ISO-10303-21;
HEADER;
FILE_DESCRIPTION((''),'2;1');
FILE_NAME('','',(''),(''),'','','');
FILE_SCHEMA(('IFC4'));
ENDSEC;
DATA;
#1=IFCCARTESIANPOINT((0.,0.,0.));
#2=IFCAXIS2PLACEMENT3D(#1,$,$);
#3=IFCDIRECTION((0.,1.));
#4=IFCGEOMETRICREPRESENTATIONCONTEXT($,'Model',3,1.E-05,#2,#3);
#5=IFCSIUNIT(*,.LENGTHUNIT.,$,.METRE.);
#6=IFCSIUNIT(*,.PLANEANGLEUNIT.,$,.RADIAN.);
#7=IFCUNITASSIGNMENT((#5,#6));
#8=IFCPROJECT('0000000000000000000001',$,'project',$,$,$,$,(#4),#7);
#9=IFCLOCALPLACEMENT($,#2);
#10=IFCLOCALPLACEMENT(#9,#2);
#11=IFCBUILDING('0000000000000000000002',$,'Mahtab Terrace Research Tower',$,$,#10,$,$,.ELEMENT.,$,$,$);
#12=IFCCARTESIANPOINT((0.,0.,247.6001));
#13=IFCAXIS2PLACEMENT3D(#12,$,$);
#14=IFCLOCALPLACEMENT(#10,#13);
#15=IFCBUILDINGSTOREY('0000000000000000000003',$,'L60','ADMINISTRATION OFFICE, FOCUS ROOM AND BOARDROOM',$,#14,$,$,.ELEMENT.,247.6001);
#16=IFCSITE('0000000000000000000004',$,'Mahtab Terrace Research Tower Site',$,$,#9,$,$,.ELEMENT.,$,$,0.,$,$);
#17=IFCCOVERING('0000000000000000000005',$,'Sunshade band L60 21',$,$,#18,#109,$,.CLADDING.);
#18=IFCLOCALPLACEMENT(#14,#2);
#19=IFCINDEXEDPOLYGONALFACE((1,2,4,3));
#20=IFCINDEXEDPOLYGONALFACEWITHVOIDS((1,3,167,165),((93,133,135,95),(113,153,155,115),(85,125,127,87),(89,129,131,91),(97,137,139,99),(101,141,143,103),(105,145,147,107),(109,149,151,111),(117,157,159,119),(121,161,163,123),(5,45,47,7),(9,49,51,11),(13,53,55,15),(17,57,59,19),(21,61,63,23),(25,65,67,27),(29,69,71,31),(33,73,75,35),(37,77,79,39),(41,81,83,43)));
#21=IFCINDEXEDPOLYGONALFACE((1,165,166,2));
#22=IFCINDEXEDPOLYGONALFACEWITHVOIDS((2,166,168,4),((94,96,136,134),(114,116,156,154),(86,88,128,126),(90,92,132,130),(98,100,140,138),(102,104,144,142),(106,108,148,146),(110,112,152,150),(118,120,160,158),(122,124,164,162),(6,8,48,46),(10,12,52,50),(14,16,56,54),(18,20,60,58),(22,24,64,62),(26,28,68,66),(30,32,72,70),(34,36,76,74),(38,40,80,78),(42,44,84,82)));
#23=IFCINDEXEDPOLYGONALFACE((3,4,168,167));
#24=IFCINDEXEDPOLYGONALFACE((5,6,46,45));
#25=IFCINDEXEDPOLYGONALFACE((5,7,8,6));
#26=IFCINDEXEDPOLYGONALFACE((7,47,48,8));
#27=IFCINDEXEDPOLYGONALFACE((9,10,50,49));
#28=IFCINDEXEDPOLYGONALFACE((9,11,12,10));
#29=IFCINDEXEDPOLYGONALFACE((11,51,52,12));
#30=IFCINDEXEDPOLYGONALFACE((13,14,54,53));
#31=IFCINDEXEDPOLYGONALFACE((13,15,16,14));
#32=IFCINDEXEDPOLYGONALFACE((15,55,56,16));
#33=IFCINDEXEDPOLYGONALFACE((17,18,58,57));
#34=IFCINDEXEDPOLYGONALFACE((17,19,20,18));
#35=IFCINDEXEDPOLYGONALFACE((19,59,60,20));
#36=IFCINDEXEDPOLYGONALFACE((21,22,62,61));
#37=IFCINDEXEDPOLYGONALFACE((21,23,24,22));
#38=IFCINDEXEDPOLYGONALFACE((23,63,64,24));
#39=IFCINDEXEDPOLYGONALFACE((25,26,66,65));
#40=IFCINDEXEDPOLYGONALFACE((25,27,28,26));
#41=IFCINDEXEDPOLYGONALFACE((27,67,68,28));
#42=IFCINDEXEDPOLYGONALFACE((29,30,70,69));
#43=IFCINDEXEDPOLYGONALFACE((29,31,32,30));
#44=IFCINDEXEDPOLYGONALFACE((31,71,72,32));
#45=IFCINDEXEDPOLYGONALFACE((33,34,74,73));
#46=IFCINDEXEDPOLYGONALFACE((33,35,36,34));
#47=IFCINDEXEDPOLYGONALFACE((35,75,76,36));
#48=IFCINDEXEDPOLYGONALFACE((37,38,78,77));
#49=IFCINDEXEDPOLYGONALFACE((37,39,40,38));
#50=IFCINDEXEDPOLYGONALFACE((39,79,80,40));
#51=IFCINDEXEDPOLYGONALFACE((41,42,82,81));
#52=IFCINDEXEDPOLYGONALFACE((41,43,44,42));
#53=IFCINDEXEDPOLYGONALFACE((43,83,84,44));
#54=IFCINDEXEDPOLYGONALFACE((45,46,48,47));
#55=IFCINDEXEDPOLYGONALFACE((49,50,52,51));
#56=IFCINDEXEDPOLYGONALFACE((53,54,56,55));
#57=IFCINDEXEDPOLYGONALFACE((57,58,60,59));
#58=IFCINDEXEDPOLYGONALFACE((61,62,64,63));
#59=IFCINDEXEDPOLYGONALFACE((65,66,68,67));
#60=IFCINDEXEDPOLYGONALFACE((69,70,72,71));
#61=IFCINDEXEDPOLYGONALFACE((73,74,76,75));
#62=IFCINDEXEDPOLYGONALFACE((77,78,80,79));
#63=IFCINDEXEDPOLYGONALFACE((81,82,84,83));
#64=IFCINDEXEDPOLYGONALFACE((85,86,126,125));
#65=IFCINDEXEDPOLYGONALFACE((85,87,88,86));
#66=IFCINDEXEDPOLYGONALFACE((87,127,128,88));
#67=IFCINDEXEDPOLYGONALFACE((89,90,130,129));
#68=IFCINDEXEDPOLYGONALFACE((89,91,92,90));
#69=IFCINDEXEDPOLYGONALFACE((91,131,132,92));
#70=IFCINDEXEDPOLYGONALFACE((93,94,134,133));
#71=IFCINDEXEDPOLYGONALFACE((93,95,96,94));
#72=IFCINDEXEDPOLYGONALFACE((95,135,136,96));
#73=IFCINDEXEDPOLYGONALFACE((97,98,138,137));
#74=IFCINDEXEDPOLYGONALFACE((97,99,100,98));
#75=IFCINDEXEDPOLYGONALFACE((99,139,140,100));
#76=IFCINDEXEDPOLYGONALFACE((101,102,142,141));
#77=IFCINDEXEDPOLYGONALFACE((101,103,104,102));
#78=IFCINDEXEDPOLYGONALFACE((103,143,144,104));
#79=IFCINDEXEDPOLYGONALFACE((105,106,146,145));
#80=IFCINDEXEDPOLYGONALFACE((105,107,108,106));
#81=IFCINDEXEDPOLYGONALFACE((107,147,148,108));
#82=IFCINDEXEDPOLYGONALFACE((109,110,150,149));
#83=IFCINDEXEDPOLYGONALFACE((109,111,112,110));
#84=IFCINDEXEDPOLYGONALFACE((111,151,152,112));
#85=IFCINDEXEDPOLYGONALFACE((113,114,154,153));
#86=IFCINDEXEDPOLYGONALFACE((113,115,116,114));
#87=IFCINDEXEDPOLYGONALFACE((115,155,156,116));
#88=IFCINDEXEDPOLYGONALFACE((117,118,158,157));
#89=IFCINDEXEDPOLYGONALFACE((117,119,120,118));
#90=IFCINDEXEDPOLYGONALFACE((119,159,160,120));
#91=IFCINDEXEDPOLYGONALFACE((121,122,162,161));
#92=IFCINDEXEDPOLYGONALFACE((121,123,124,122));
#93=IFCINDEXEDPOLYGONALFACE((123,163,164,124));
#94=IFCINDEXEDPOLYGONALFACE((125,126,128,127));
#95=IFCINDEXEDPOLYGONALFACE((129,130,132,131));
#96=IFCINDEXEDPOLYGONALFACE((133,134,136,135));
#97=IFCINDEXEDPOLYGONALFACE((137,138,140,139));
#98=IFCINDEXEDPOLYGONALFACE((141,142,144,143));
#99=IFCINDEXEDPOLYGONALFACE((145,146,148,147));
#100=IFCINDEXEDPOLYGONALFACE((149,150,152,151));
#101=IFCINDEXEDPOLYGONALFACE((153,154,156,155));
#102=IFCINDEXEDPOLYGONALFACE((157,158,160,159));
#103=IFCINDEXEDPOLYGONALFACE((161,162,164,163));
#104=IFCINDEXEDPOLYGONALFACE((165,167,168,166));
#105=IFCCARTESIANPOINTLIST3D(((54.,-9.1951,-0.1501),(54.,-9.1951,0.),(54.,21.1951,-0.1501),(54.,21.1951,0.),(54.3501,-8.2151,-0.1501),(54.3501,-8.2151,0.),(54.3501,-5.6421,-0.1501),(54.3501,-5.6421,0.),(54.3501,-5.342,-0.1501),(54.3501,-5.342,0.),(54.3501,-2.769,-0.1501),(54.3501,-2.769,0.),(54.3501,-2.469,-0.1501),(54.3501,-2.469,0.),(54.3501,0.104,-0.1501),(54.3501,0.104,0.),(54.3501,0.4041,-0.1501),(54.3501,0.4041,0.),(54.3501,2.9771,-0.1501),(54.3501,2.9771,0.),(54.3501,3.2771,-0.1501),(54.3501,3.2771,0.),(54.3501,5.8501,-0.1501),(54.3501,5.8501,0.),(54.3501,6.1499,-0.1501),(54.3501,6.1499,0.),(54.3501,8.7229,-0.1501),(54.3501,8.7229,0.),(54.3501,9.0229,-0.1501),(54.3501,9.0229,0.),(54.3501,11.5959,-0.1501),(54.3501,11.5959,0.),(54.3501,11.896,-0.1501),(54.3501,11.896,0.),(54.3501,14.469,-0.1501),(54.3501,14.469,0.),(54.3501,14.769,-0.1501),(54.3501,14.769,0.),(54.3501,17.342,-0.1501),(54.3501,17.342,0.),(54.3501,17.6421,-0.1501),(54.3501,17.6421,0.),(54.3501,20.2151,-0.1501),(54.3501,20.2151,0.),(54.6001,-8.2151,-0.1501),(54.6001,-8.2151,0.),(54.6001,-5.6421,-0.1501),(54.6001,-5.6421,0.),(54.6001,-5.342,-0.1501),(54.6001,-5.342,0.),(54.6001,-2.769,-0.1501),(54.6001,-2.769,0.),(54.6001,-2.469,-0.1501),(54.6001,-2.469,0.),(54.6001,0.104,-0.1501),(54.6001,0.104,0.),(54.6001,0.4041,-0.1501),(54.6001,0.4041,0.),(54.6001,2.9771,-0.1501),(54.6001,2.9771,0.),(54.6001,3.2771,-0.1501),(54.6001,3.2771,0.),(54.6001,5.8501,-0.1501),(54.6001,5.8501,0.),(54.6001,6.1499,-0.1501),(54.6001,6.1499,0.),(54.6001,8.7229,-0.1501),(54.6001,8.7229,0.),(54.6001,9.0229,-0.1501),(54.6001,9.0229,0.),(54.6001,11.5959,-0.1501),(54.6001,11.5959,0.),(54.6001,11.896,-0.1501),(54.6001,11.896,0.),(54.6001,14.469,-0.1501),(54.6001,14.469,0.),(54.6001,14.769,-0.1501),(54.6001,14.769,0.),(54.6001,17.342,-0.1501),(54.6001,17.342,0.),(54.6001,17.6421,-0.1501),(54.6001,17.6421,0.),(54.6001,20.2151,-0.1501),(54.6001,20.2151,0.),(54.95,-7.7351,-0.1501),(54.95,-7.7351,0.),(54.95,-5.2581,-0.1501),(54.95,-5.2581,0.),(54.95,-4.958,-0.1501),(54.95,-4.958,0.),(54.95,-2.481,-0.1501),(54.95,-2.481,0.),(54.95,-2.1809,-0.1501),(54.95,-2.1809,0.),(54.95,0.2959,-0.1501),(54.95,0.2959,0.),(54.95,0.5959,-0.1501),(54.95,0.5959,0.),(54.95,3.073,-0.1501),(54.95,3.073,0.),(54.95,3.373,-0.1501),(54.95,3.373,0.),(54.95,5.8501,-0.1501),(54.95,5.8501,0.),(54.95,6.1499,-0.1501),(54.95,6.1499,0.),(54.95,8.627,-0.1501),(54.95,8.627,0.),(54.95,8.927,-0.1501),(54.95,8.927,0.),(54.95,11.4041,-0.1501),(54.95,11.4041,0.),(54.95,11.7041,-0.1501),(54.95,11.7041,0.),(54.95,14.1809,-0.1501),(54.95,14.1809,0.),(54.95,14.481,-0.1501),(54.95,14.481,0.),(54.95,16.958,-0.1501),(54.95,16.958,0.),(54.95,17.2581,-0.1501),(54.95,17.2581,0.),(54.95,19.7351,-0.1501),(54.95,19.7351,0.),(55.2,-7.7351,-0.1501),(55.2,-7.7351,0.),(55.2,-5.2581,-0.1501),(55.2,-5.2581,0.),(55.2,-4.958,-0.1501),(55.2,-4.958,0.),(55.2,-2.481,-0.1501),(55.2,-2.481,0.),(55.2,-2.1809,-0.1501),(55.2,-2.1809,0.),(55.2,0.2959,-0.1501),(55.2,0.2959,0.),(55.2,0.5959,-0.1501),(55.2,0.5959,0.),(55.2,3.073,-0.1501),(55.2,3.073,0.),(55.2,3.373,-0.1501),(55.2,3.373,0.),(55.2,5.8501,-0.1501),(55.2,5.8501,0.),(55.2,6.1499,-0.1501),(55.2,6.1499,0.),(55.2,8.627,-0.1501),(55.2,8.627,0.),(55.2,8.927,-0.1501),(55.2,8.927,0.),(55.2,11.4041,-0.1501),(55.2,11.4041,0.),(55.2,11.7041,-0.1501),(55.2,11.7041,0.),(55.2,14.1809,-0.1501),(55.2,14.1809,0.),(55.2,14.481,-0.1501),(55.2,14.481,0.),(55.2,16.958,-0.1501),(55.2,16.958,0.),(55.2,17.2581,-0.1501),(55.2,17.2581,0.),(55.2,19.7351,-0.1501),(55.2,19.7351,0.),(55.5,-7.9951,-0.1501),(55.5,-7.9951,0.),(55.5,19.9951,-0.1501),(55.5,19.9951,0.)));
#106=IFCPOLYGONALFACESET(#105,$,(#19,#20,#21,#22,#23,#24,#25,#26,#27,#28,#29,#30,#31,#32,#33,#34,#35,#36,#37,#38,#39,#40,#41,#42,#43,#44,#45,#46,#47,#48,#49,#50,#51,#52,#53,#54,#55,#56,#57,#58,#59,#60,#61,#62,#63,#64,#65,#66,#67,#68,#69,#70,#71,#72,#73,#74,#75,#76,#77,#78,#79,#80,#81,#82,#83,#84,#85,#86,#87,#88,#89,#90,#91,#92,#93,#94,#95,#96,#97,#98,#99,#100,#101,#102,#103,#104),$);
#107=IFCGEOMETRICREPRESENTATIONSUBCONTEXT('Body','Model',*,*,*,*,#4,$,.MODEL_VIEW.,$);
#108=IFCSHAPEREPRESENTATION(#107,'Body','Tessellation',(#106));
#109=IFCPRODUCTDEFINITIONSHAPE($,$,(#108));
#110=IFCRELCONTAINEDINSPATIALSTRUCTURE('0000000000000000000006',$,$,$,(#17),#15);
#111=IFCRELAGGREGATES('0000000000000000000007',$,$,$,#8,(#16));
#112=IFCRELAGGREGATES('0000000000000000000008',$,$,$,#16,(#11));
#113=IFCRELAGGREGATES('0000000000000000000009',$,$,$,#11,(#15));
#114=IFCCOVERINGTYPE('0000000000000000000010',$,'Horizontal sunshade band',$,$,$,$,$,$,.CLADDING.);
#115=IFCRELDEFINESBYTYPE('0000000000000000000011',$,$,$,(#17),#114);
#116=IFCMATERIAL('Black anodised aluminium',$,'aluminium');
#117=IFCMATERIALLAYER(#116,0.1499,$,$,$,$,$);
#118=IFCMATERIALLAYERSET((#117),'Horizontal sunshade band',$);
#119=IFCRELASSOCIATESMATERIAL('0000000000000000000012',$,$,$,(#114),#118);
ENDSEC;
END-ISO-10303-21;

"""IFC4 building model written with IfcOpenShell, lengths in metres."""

from ifc_helpers import new_model, si_unit, direction, frame, origin, place, context, subcontext, project, spatial, polyline, outline, extrude, material, layer, layer_set, type_object, element, save


model = new_model("IFC4")

# Units and contexts
model_context = context("Model", 3, precision=1e-05, world=origin(), true_north=direction((0.0, 1.0)))
body_context = subcontext(model_context, "Body", "Model", "MODEL_VIEW")
ifc_project = project(units=[si_unit("LENGTHUNIT", "METRE"), si_unit("PLANEANGLEUNIT", "RADIAN")], contexts=[model_context])

# Site, building, storey
site_placement = place(None, origin())
site = spatial("IfcSite", under=ifc_project, at=site_placement, Name="Mahtab Terrace Research Tower Site", CompositionType="ELEMENT", RefElevation=0.0)
building_placement = place(site_placement, origin())
building = spatial("IfcBuilding", under=site, at=building_placement, Name="Mahtab Terrace Research Tower", CompositionType="ELEMENT")
storey_placement = place(building_placement, frame((0.0, 0.0, 247.6001)))
storey = spatial("IfcBuildingStorey", under=building, at=storey_placement, Name="L60", Description="ADMINISTRATION OFFICE, FOCUS ROOM AND BOARDROOM", CompositionType="ELEMENT", Elevation=247.6001)

# Covering
ifc_material_1 = material(Name="Black anodised aluminium", Category="aluminium")
ifc_layer_1 = layer(ifc_material_1, 0.1499)
ifc_layer_set_1 = layer_set([ifc_layer_1], Name="Horizontal sunshade band")
covering_type_1 = type_object("IfcCoveringType", Name="Horizontal sunshade band", PredefinedType="CLADDING", material=ifc_layer_set_1)
covering_1_placement = place(storey_placement, frame((0.0, 0.0, -0.1501)))
element("IfcCovering", 1, at=covering_1_placement, inside=storey, type_object=covering_type_1, Name="Sunshade band L60 21", PredefinedType="CLADDING", context=body_context, shape_type="SweptSolid", body=[
    extrude(outline(polyline([(54.0, -9.1951), (54.0, 21.1951), (55.5, 19.9951), (55.5, -7.9951), (54.0, -9.1951)]), holes=[polyline([(54.3501, -8.2151), (54.3501, -5.6421), (54.6001, -5.6421), (54.6001, -8.2151), (54.3501, -8.2151)]), polyline([(54.3501, -5.342), (54.3501, -2.769), (54.6001, -2.769), (54.6001, -5.342), (54.3501, -5.342)]), polyline([(54.3501, -2.469), (54.3501, 0.104), (54.6001, 0.104), (54.6001, -2.469), (54.3501, -2.469)]), polyline([(54.3501, 0.4041), (54.3501, 2.9771), (54.6001, 2.9771), (54.6001, 0.4041), (54.3501, 0.4041)]), polyline([(54.3501, 3.2771), (54.3501, 5.8501), (54.6001, 5.8501), (54.6001, 3.2771), (54.3501, 3.2771)]), polyline([(54.3501, 6.1499), (54.3501, 8.7229), (54.6001, 8.7229), (54.6001, 6.1499), (54.3501, 6.1499)]), polyline([(54.3501, 9.0229), (54.3501, 11.5959), (54.6001, 11.5959), (54.6001, 9.0229), (54.3501, 9.0229)]), polyline([(54.3501, 11.896), (54.3501, 14.469), (54.6001, 14.469), (54.6001, 11.896), (54.3501, 11.896)]), polyline([(54.3501, 14.769), (54.3501, 17.342), (54.6001, 17.342), (54.6001, 14.769), (54.3501, 14.769)]), polyline([(54.3501, 17.6421), (54.3501, 20.2151), (54.6001, 20.2151), (54.6001, 17.6421), (54.3501, 17.6421)]), polyline([(54.95, -7.7351), (54.95, -5.2581), (55.2, -5.2581), (55.2, -7.7351), (54.95, -7.7351)]), polyline([(54.95, -4.958), (54.95, -2.481), (55.2, -2.481), (55.2, -4.958), (54.95, -4.958)]), polyline([(54.95, -2.1809), (54.95, 0.2959), (55.2, 0.2959), (55.2, -2.1809), (54.95, -2.1809)]), polyline([(54.95, 0.5959), (54.95, 3.073), (55.2, 3.073), (55.2, 0.5959), (54.95, 0.5959)]), polyline([(54.95, 3.373), (54.95, 5.8501), (55.2, 5.8501), (55.2, 3.373), (54.95, 3.373)]), polyline([(54.95, 6.1499), (54.95, 8.627), (55.2, 8.627), (55.2, 6.1499), (54.95, 6.1499)]), polyline([(54.95, 8.927), (54.95, 11.4041), (55.2, 11.4041), (55.2, 8.927), (54.95, 8.927)]), polyline([(54.95, 11.7041), (54.95, 14.1809), (55.2, 14.1809), (55.2, 11.7041), (54.95, 11.7041)]), polyline([(54.95, 14.481), (54.95, 16.958), (55.2, 16.958), (55.2, 14.481), (54.95, 14.481)]), polyline([(54.95, 17.2581), (54.95, 19.7351), (55.2, 19.7351), (55.2, 17.2581), (54.95, 17.2581)])]), origin(), (0.0, 0.0, 1.0), 0.1501),
])

save(model, "model.ifc")
